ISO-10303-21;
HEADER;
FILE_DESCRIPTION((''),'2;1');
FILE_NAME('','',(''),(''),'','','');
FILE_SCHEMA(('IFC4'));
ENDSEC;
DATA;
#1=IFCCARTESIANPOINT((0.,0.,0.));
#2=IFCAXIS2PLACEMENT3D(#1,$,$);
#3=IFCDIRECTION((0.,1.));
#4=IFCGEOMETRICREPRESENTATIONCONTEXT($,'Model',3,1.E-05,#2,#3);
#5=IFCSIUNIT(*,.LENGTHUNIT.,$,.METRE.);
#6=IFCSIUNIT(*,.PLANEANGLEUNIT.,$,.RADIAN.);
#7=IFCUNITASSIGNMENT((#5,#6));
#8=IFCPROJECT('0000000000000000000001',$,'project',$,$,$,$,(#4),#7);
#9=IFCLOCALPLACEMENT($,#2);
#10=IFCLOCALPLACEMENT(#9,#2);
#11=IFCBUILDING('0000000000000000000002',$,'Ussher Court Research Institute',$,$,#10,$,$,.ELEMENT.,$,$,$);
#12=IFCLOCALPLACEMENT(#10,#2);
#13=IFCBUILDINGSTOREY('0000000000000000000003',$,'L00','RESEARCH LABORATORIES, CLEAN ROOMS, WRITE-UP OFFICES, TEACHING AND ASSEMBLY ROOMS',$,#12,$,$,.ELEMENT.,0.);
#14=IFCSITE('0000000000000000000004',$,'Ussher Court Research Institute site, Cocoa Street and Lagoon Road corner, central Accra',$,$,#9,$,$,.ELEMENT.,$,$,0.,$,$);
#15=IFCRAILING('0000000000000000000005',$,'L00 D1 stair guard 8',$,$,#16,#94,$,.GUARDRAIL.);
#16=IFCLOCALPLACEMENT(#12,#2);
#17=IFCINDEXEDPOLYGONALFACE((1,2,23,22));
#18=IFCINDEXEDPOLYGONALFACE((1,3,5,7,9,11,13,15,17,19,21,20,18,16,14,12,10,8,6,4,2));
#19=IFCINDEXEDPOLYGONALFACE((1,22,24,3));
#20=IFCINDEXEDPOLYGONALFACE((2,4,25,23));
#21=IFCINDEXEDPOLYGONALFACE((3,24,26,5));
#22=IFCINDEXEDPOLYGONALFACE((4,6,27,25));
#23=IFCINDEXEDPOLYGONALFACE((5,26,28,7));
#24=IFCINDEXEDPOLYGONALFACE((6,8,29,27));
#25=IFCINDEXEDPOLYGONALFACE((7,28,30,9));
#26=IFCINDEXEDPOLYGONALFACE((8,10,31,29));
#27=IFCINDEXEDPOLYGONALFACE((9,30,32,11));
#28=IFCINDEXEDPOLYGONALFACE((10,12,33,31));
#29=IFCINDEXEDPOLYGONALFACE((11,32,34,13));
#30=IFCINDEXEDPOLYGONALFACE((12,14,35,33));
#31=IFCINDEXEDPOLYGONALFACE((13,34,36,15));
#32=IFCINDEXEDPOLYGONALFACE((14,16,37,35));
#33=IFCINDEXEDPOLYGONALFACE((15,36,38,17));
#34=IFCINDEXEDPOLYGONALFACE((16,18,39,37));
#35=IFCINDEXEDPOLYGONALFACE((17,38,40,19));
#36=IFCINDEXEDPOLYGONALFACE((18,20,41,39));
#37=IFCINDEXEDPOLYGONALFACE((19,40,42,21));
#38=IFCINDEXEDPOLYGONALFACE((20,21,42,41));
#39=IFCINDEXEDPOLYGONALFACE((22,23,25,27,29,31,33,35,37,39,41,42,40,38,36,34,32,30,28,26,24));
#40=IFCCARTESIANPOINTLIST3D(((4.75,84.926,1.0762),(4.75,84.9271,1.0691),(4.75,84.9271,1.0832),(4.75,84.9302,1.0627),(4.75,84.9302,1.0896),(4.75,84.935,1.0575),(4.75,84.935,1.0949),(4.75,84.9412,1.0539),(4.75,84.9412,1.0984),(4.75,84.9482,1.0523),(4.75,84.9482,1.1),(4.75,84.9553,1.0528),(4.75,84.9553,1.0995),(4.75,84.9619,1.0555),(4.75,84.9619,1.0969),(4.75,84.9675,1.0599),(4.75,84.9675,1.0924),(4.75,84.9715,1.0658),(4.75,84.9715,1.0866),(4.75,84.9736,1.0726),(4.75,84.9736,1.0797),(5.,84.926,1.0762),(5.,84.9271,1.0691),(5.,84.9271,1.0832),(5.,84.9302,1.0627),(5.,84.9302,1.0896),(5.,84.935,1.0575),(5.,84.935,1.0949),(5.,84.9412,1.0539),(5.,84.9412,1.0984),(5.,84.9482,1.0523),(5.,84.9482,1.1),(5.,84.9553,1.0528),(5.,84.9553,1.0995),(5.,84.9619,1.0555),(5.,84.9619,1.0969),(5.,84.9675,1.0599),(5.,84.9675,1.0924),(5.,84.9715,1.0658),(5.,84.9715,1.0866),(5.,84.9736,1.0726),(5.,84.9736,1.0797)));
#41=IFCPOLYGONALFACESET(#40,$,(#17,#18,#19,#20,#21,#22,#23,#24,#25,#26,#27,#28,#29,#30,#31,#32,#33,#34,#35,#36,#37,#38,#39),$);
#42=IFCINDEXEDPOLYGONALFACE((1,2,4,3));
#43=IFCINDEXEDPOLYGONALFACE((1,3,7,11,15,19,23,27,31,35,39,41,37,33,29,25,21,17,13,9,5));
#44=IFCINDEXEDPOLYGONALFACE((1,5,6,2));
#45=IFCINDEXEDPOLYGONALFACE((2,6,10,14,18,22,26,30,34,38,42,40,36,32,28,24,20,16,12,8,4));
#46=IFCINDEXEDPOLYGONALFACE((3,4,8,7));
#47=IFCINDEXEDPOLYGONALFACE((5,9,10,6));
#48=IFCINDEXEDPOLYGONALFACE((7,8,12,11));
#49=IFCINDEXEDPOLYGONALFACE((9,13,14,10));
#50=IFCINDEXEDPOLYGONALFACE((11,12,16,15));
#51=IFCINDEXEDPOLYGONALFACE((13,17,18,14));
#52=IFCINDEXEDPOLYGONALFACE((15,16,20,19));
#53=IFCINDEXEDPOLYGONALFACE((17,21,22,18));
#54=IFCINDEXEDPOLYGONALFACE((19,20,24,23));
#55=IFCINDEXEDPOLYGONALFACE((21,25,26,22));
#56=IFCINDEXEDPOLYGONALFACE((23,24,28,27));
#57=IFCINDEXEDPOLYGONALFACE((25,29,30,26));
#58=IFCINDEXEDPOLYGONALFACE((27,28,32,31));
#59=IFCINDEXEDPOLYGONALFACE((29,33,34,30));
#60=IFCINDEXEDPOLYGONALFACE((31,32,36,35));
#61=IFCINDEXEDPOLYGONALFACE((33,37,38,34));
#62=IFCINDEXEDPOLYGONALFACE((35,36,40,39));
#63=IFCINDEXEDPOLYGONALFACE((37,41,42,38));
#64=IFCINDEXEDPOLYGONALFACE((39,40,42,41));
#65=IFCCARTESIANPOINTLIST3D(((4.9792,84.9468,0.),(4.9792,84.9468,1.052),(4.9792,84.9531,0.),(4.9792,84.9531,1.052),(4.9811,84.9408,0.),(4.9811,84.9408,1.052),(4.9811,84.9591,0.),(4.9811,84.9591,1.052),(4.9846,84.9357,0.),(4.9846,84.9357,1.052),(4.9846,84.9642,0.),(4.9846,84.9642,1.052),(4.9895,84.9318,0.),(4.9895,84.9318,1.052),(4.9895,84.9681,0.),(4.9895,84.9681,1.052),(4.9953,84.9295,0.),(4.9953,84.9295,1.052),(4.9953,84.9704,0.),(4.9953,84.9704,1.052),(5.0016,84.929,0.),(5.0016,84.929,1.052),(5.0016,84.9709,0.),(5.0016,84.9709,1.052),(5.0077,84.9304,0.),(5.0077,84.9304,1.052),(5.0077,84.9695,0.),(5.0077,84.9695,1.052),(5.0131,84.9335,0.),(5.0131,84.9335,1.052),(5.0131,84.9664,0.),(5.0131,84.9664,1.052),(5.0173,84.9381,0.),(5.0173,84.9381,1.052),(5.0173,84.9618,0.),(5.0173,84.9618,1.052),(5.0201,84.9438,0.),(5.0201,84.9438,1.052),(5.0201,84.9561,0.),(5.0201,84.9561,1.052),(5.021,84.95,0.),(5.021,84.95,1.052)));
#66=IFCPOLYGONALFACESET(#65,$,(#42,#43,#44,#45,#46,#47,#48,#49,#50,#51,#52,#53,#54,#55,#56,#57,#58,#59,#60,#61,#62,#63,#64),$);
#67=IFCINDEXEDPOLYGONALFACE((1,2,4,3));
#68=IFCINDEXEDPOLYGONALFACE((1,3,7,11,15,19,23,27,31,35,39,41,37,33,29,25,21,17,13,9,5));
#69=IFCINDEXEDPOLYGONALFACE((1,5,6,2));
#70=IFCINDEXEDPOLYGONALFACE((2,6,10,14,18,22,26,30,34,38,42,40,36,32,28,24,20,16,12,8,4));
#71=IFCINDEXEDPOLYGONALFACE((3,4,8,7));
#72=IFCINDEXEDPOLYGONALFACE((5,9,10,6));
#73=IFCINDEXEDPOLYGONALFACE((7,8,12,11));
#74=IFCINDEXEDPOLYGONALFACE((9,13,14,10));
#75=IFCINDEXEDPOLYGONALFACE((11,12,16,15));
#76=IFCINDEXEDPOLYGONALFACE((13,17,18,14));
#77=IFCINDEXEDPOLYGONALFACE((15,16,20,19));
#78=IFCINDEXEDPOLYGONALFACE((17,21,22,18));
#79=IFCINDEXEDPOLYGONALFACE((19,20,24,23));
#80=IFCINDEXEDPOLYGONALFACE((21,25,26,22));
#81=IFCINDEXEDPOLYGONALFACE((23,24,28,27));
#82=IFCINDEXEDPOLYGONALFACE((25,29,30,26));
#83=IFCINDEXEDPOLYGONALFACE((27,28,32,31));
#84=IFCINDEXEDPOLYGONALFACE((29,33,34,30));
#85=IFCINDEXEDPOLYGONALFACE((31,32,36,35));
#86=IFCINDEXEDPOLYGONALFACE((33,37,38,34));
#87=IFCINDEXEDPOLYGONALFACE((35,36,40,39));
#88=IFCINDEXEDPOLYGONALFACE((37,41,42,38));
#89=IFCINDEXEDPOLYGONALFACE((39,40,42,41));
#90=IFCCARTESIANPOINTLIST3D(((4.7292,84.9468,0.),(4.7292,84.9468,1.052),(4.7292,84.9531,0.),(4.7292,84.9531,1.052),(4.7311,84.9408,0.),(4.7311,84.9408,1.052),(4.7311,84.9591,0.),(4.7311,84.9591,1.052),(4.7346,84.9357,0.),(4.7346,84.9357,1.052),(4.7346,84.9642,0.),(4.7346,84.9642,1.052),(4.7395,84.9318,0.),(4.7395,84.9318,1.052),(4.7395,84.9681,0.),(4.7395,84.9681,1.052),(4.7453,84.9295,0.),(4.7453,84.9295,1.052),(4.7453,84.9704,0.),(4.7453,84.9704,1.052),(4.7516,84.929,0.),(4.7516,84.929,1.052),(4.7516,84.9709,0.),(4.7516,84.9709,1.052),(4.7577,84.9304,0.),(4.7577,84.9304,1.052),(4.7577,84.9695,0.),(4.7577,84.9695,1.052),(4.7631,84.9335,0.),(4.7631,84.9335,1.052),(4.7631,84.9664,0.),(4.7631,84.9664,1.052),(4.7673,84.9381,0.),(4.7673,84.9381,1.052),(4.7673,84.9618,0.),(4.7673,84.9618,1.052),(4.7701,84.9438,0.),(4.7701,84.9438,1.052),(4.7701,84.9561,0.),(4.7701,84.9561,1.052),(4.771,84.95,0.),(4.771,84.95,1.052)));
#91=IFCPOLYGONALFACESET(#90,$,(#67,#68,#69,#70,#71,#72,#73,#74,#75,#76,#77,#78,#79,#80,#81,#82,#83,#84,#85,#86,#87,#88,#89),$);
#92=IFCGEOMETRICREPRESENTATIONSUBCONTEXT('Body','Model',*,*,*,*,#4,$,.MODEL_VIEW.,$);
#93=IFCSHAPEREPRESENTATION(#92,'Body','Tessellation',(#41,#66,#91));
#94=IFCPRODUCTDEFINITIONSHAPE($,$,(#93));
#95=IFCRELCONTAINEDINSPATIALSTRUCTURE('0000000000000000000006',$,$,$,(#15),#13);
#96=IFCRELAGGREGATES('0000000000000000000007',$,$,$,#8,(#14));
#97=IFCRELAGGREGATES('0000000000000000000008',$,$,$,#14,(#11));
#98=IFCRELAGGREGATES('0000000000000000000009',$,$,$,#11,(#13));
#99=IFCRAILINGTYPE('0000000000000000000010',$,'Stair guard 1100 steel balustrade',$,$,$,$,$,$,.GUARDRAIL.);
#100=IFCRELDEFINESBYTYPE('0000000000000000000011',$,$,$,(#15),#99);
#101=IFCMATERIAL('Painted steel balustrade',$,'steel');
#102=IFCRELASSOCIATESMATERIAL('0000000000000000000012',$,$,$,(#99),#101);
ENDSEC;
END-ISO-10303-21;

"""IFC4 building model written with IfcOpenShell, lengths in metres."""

from ifc_helpers import new_model, si_unit, direction, frame, origin, origin_2d, place, context, subcontext, project, spatial, circle, extrude, material, type_object, element, save


model = new_model("IFC4")

# Units and contexts
model_context = context("Model", 3, precision=1e-05, world=origin(), true_north=direction((0.0, 1.0)))
body_context = subcontext(model_context, "Body", "Model", "MODEL_VIEW")
ifc_project = project(units=[si_unit("LENGTHUNIT", "METRE"), si_unit("PLANEANGLEUNIT", "RADIAN")], contexts=[model_context])

# Site, building, storey
site_placement = place(None, origin())
site = spatial("IfcSite", under=ifc_project, at=site_placement, Name="Ussher Court Research Institute site, Cocoa Street and Lagoon Road corner, central Accra", CompositionType="ELEMENT", RefElevation=0.0)
building_placement = place(site_placement, origin())
building = spatial("IfcBuilding", under=site, at=building_placement, Name="Ussher Court Research Institute", CompositionType="ELEMENT")
storey_placement = place(building_placement, origin())
storey = spatial("IfcBuildingStorey", under=building, at=storey_placement, Name="L00", Description="RESEARCH LABORATORIES, CLEAN ROOMS, WRITE-UP OFFICES, TEACHING AND ASSEMBLY ROOMS", CompositionType="ELEMENT", Elevation=0.0)

# Railing
ifc_material_1 = material(Name="Painted steel balustrade", Category="steel")
railing_type = type_object("IfcRailingType", Name="Stair guard 1100 steel balustrade", PredefinedType="GUARDRAIL", material=ifc_material_1)
railing_1_placement = place(storey_placement, frame((5.0, 84.95, 0.0)))
element("IfcRailing", 1, at=railing_1_placement, inside=storey, type_object=railing_type, Name="L00 D1 stair guard 8", PredefinedType="GUARDRAIL", context=body_context, shape_type="SweptSolid", body=[
    extrude(circle(Radius=0.0239, at=origin_2d()), frame((0.0, 0.0, 1.0762), z_axis=(-1.0, 0.0, 0.0), x_axis=(0.0, -1.0, 0.0)), (0.0, 0.0, 1.0), 0.25),
    extrude(circle(Radius=0.021, at=origin_2d()), origin(), (0.0, 0.0, 1.0), 1.052),
    extrude(circle(Radius=0.021, at=origin_2d()), frame((-0.25, 0.0, 0.0)), (0.0, 0.0, 1.0), 1.052),
])

save(model, "model.ifc")
